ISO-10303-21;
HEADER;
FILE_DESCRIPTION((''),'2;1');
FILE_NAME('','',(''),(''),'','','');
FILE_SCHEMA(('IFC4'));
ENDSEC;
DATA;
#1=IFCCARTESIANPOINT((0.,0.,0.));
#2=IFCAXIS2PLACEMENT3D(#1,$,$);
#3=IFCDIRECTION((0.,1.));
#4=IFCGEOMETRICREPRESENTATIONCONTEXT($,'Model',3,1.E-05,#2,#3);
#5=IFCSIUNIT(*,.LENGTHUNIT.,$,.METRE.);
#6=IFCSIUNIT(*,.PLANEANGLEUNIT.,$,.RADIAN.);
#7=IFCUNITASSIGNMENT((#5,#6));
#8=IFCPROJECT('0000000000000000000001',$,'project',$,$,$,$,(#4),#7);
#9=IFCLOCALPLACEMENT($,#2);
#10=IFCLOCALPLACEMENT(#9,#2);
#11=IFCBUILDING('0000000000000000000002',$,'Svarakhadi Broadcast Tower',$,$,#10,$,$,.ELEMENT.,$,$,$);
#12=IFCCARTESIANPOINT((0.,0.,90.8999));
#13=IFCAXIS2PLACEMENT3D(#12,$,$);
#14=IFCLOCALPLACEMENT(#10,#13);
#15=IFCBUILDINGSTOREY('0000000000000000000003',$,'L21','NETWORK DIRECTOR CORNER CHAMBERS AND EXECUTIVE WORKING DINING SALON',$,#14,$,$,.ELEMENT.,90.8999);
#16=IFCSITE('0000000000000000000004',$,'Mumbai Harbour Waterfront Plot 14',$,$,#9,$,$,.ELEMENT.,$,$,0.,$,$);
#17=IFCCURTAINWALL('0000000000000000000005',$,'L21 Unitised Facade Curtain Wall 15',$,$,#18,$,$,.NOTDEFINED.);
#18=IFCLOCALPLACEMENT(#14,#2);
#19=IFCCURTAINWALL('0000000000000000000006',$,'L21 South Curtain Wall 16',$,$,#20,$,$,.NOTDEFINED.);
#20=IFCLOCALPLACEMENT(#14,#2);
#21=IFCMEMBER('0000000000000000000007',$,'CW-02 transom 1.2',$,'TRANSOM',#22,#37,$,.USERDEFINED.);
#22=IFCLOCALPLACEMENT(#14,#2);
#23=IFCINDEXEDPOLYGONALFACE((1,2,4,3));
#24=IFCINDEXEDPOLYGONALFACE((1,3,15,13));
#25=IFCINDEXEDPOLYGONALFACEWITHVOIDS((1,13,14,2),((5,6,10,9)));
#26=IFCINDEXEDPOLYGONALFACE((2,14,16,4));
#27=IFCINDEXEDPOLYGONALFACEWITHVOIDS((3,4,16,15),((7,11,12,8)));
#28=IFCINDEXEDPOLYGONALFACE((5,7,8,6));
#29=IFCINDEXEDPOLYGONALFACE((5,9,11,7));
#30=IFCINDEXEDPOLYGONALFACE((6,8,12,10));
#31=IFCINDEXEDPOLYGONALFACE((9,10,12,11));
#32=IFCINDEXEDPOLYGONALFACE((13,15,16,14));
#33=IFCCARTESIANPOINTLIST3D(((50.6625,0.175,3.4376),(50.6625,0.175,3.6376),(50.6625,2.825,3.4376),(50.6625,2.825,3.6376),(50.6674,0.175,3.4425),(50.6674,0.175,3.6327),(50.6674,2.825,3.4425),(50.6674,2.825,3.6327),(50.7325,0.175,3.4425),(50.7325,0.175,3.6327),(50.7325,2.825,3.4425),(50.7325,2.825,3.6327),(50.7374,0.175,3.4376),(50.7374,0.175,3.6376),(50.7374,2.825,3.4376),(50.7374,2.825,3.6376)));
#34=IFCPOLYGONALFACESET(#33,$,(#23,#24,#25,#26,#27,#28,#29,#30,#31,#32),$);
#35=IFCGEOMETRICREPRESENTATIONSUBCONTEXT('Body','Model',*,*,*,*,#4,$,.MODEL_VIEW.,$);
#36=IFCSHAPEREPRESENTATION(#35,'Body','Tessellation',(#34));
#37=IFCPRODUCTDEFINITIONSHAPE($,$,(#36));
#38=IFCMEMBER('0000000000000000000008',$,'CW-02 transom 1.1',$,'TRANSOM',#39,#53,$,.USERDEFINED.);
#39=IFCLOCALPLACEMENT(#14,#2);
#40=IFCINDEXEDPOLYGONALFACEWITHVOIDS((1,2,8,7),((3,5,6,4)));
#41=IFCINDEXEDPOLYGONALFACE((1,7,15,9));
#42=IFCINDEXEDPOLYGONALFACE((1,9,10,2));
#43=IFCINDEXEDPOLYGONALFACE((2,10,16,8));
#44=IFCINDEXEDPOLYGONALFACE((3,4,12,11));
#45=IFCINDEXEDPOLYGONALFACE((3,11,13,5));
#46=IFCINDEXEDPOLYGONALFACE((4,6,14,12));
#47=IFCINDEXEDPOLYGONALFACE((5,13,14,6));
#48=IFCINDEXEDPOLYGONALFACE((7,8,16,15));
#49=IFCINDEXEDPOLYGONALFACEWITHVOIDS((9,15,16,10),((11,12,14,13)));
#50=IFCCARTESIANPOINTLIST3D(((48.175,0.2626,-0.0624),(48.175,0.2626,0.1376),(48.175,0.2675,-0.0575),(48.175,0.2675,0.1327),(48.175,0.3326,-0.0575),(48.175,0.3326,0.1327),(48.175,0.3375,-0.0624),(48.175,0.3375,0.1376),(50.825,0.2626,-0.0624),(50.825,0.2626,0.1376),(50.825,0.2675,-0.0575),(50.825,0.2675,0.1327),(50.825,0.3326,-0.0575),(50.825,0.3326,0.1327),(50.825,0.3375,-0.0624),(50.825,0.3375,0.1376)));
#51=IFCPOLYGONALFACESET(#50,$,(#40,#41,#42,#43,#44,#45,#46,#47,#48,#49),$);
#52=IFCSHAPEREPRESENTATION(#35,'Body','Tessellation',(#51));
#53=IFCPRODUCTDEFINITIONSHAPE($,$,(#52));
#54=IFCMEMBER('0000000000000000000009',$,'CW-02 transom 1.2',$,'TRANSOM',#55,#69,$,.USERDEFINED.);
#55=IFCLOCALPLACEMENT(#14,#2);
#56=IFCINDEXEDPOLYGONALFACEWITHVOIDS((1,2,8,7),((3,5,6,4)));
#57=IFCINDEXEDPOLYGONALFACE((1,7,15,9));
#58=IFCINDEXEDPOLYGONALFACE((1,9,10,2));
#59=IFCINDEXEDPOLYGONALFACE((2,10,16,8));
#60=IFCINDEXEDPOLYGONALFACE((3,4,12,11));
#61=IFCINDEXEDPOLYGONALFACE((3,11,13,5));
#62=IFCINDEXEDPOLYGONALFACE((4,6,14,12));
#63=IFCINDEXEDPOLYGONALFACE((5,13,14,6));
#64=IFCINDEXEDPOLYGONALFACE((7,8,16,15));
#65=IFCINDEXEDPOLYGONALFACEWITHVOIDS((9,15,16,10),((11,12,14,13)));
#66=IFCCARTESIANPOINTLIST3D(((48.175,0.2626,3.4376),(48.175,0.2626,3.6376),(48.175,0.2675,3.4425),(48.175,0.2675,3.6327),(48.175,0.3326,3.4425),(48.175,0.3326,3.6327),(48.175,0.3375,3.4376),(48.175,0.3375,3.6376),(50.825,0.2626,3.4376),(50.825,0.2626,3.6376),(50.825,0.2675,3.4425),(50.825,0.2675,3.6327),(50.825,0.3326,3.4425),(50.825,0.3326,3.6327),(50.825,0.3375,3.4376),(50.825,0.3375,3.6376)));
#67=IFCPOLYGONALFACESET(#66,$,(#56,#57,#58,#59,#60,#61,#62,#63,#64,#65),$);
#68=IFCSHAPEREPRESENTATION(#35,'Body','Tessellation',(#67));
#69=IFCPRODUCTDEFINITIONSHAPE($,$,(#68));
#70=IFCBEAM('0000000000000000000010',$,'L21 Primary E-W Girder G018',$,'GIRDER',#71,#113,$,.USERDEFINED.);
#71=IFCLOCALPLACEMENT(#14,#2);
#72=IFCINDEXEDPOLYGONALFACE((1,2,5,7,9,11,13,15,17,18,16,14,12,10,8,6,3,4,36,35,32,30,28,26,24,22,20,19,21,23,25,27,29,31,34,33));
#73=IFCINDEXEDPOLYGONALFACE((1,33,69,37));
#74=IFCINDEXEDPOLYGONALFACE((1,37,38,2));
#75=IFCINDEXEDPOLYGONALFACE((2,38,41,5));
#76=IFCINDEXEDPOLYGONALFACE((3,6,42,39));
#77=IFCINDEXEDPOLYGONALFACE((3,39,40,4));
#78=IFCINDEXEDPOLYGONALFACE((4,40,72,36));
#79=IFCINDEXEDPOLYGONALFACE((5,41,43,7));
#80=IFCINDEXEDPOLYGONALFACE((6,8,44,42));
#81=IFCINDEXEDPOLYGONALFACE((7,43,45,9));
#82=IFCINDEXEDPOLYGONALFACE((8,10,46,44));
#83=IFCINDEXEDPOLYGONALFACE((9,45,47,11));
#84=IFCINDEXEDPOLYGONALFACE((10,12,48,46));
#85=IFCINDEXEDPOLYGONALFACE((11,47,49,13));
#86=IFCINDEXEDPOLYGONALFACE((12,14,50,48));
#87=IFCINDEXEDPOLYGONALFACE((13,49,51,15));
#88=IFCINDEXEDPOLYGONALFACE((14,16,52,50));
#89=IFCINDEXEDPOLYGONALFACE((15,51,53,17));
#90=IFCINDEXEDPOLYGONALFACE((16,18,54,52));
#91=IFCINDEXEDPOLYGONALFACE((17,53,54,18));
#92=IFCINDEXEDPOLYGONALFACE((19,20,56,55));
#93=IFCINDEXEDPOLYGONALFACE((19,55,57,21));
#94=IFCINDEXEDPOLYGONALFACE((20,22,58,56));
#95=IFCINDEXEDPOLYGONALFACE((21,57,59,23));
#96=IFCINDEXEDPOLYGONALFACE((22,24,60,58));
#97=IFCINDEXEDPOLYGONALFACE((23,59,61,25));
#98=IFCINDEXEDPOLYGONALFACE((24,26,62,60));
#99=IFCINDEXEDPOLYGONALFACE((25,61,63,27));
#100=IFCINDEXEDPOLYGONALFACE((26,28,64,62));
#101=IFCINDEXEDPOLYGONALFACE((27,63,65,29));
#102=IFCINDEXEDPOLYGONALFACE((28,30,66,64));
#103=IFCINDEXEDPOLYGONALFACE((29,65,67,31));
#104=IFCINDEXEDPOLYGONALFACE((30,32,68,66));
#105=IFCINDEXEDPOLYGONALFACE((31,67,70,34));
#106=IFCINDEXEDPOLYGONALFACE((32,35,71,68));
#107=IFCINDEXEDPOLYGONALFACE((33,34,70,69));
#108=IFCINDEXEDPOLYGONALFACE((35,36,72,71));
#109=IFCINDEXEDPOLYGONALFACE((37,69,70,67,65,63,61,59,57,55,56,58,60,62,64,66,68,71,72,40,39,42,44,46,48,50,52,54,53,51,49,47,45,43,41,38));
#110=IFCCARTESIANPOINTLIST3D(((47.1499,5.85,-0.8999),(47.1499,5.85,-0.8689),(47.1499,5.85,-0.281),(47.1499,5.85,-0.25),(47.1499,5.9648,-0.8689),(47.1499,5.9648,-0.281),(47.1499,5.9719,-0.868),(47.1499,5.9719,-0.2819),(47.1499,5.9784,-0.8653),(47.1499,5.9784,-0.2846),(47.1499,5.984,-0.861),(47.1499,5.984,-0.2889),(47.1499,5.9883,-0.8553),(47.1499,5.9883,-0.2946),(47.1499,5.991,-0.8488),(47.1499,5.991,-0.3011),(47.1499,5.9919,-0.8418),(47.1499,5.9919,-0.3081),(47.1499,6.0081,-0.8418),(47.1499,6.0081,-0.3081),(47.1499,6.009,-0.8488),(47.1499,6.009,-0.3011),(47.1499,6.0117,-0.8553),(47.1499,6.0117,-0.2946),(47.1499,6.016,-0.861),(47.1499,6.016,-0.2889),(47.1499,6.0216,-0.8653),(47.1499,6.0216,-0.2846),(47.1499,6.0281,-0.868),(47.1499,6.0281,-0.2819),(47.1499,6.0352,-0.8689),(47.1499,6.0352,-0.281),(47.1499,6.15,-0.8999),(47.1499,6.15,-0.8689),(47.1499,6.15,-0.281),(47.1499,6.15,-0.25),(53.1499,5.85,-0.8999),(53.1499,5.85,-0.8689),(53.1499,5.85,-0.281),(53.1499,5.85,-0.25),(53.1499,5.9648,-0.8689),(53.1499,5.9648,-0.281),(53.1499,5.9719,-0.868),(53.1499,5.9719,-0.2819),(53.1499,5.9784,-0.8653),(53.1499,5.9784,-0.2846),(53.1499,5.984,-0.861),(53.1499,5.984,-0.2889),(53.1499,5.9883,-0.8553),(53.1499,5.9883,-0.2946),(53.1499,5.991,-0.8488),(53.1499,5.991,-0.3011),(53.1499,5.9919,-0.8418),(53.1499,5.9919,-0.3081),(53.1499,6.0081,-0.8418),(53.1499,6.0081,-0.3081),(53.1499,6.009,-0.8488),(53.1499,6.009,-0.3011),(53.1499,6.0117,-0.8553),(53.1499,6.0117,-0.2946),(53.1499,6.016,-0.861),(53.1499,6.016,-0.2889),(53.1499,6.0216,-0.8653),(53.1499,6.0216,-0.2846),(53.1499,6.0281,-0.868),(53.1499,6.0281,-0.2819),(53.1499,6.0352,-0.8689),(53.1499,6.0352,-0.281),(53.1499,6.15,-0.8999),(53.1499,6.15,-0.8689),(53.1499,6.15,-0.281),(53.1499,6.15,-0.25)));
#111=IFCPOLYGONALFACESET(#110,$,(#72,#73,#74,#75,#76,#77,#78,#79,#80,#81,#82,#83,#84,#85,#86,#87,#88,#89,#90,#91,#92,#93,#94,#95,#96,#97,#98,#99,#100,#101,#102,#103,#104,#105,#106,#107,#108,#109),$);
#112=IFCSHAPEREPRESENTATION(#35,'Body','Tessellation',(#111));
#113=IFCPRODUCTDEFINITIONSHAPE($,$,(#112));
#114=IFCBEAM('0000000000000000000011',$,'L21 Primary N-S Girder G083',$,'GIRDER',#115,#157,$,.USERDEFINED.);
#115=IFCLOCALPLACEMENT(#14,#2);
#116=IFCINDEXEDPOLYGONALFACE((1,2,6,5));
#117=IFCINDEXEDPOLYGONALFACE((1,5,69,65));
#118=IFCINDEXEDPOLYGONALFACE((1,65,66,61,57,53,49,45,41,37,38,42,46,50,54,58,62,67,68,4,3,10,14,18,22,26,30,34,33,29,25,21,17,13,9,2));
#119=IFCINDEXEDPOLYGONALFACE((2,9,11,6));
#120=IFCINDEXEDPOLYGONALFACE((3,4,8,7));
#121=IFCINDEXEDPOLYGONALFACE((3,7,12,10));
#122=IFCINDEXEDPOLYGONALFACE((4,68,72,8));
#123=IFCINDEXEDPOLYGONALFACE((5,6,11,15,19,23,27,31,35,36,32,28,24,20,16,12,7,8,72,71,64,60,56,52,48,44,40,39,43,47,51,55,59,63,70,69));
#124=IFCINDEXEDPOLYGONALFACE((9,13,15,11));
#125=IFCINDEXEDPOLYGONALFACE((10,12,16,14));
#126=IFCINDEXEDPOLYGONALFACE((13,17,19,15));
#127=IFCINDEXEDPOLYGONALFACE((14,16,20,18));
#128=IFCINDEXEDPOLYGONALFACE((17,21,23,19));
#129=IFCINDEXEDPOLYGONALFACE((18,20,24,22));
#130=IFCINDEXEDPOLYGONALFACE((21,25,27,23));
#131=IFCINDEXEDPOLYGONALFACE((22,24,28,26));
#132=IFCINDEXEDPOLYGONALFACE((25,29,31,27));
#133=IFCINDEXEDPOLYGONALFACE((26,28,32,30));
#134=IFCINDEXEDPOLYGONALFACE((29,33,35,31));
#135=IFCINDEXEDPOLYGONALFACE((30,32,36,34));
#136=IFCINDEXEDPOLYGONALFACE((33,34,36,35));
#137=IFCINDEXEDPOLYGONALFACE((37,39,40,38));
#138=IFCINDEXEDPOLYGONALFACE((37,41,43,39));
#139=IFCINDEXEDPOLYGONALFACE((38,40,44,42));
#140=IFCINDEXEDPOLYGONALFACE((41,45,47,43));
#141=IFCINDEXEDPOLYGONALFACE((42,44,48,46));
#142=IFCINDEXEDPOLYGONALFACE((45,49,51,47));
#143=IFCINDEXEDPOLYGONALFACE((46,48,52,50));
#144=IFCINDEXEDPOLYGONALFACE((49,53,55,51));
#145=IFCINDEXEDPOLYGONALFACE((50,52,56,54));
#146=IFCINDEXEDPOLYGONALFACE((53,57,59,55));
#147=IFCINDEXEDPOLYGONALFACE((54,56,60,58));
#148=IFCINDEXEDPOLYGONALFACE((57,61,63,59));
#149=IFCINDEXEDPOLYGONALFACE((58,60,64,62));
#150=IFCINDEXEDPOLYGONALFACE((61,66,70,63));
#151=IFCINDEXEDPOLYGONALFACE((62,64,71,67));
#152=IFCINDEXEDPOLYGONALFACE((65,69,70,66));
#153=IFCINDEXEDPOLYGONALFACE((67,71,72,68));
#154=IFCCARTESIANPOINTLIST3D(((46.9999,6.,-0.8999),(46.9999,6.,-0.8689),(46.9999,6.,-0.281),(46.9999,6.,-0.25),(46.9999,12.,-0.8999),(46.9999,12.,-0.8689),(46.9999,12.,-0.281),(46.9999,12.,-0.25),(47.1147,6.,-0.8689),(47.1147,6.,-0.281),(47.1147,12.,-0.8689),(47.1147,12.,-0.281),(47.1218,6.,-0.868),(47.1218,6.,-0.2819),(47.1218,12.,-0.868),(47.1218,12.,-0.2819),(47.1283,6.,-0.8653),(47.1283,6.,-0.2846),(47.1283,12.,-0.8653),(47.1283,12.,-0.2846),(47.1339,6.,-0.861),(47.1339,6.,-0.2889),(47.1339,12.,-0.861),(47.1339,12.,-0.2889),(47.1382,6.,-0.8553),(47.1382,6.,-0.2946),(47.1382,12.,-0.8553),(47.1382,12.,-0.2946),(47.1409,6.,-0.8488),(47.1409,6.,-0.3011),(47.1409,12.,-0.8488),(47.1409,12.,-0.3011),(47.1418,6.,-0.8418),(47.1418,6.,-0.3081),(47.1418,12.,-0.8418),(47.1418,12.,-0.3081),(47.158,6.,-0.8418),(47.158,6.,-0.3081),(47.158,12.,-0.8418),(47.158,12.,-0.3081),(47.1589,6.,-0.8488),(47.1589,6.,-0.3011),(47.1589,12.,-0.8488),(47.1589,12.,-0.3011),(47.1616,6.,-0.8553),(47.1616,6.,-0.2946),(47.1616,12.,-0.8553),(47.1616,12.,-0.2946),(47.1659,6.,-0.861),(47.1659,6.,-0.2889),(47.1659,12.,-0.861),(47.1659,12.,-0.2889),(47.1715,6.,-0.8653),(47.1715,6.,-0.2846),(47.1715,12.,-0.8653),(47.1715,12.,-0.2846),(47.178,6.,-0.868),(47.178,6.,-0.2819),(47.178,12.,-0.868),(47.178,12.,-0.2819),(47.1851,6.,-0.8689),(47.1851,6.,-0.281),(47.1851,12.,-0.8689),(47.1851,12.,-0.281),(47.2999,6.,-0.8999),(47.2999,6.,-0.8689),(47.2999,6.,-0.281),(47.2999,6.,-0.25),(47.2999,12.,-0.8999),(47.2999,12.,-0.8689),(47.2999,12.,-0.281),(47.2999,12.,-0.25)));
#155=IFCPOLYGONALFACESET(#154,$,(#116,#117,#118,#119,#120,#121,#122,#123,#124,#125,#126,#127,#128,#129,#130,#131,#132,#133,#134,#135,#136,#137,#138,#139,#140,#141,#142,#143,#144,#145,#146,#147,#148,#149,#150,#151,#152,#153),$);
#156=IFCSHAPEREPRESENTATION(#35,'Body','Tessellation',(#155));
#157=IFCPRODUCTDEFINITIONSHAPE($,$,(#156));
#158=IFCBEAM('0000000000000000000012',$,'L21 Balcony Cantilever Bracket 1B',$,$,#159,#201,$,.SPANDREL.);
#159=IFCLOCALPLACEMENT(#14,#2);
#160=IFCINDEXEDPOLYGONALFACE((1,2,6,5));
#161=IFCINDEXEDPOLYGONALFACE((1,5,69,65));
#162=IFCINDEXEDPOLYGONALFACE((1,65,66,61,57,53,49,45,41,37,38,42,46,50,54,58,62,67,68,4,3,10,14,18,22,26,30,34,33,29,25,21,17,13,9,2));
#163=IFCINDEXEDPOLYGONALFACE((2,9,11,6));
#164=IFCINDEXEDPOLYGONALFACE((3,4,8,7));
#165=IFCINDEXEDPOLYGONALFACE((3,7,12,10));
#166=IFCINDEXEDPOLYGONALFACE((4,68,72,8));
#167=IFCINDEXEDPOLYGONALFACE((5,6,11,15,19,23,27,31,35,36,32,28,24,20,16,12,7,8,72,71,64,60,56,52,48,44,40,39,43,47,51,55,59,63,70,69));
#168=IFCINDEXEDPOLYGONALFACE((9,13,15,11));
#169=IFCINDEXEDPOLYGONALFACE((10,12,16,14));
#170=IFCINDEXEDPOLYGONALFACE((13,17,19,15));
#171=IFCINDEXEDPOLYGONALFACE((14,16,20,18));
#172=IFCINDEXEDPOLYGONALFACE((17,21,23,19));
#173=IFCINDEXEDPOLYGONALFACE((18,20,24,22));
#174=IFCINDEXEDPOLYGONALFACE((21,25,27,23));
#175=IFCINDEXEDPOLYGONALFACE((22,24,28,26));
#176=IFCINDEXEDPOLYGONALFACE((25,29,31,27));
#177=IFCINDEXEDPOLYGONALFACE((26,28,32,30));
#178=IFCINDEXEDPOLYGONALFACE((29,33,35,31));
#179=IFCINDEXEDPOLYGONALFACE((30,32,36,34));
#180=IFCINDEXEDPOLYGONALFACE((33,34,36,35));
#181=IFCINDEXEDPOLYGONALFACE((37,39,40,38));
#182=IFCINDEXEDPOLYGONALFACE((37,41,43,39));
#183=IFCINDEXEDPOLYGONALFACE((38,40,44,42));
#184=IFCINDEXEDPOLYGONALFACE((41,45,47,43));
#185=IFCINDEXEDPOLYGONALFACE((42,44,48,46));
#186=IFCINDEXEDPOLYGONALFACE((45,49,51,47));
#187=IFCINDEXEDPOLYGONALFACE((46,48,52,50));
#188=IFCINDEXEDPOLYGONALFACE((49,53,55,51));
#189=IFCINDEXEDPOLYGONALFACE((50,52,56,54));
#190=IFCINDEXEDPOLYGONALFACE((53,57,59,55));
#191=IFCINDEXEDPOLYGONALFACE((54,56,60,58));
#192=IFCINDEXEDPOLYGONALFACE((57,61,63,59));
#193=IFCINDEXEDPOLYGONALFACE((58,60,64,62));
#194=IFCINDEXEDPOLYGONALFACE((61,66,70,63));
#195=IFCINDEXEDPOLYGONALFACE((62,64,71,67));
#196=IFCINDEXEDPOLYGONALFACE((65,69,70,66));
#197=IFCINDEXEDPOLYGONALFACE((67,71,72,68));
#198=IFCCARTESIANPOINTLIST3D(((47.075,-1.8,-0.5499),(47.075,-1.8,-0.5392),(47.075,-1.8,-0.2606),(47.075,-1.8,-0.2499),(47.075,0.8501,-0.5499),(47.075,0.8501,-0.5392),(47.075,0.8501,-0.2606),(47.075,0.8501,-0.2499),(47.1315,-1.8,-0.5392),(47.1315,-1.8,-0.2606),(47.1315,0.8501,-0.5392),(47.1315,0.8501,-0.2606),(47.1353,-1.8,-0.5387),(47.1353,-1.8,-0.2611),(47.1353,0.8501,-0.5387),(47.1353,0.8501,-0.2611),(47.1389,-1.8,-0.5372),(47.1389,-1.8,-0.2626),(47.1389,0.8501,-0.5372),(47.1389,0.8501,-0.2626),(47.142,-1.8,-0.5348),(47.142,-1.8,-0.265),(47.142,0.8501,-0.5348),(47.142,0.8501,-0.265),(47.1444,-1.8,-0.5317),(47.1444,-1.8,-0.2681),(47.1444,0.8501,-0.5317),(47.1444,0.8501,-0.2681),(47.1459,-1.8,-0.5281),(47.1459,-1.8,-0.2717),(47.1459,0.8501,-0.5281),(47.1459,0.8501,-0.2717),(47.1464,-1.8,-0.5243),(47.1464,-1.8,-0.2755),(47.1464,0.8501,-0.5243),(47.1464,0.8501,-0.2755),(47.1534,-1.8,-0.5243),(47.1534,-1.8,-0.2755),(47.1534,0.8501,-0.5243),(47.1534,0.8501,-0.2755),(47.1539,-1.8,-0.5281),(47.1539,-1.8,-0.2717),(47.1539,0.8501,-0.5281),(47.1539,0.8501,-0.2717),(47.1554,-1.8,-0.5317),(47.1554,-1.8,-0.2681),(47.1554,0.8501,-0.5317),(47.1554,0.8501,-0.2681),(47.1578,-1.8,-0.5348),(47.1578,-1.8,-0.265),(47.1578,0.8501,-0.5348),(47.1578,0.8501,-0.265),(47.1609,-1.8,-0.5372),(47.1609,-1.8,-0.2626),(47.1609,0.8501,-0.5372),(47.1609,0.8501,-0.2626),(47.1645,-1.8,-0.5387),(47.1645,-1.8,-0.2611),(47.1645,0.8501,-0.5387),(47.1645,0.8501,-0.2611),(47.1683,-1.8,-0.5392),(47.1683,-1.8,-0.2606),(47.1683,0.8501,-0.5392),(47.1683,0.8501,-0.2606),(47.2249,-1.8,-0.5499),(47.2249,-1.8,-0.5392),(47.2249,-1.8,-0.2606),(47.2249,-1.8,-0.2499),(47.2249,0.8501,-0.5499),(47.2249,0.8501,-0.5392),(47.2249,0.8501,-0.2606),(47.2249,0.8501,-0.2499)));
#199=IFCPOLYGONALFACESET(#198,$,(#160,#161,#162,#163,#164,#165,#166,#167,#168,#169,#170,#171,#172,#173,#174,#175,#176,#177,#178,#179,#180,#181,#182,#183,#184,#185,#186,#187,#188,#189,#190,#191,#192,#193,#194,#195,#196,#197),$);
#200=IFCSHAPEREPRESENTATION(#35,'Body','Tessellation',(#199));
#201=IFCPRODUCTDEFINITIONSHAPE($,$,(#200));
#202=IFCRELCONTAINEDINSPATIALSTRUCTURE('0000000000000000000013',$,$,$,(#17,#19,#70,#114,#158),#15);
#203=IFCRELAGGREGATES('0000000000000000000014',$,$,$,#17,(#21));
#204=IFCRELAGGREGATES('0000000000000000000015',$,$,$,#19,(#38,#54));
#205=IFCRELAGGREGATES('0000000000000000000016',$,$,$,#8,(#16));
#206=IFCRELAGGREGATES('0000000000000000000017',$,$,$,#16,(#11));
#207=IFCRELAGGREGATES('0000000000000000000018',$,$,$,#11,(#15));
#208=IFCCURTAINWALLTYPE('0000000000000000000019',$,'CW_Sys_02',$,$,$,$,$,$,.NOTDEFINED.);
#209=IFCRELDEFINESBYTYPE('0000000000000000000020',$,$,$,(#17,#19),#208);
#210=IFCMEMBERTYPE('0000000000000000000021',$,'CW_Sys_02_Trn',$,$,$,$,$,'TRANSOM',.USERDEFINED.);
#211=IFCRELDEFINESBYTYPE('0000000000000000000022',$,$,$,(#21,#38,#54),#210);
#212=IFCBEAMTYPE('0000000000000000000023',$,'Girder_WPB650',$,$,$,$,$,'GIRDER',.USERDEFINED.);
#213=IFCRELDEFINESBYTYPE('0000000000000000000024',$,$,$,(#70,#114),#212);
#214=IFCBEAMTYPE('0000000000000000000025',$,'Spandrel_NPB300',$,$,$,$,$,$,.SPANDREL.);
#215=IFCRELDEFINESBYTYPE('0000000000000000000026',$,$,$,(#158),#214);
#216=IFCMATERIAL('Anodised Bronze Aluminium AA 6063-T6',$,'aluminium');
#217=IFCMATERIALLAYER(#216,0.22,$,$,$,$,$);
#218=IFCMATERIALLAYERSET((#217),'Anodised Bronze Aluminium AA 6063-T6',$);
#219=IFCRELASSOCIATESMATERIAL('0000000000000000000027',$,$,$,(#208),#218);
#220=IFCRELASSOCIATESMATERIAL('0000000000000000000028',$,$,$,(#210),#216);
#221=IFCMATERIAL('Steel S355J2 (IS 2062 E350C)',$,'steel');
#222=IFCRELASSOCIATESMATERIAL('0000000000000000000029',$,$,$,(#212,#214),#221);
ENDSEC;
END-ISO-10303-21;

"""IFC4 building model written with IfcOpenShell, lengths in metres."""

from ifc_helpers import new_model, si_unit, direction, frame, origin, origin_2d, place, context, subcontext, project, spatial, hollow_rectangle, i_section, extrude, material, layer, layer_set, material_profile, profile_set, type_object, element, aggregate, save


model = new_model("IFC4")

# Units and contexts
model_context = context("Model", 3, precision=1e-05, world=origin(), true_north=direction((0.0, 1.0)))
body_context = subcontext(model_context, "Body", "Model", "MODEL_VIEW")
ifc_project = project(units=[si_unit("LENGTHUNIT", "METRE"), si_unit("PLANEANGLEUNIT", "RADIAN")], contexts=[model_context])

# Site, building, storey
site_placement = place(None, origin())
site = spatial("IfcSite", under=ifc_project, at=site_placement, Name="Mumbai Harbour Waterfront Plot 14", CompositionType="ELEMENT", RefElevation=0.0)
building_placement = place(site_placement, origin())
building = spatial("IfcBuilding", under=site, at=building_placement, Name="Svarakhadi Broadcast Tower", CompositionType="ELEMENT")
storey_placement = place(building_placement, frame((0.0, 0.0, 90.8999)))
storey = spatial("IfcBuildingStorey", under=building, at=storey_placement, Name="L21", Description="NETWORK DIRECTOR CORNER CHAMBERS AND EXECUTIVE WORKING DINING SALON", CompositionType="ELEMENT", Elevation=90.8999)

# Curtain walls
ifc_material_1 = material(Name="Anodised Bronze Aluminium AA 6063-T6", Category="aluminium")
ifc_layer_1 = layer(ifc_material_1, 0.22)
ifc_layer_set_1 = layer_set([ifc_layer_1], Name="Anodised Bronze Aluminium AA 6063-T6")
curtain_wall_type = type_object("IfcCurtainWallType", Name="CW_Sys_02", PredefinedType="NOTDEFINED", material=ifc_layer_set_1)
curtain_wall_1_placement = place(storey_placement, origin())
curtain_wall_1 = element("IfcCurtainWall", 1, at=curtain_wall_1_placement, inside=storey, type_object=curtain_wall_type, Name="L21 Unitised Facade Curtain Wall 15", PredefinedType="NOTDEFINED")
curtain_wall_2_placement = place(storey_placement, origin())
curtain_wall_2 = element("IfcCurtainWall", 2, at=curtain_wall_2_placement, inside=storey, type_object=curtain_wall_type, Name="L21 South Curtain Wall 16", PredefinedType="NOTDEFINED")

# Members
ifc_material_profile_1 = material_profile(ifc_material_1, hollow_rectangle(XDim=0.075, YDim=0.2, WallThickness=0.0049, at=origin_2d()), Name="ALU TRANSOM 200x75x5")
ifc_profile_set_1 = profile_set([ifc_material_profile_1], Name="Anodised Bronze Aluminium AA 6063-T6")
member_type_1 = type_object("IfcMemberType", Name="CW_Sys_02_Trn", ElementType="TRANSOM", PredefinedType="USERDEFINED", material=ifc_profile_set_1)
member_1_placement = place(storey_placement, frame((50.7, 2.825, 3.5376), z_axis=(0.0, -1.0, 0.0), x_axis=(1.0, 0.0, 0.0)))
member_1 = element("IfcMember", 3, at=member_1_placement, type_object=member_type_1, Name="CW-02 transom 1.2", ObjectType="TRANSOM", PredefinedType="USERDEFINED", context=body_context, shape_type="SweptSolid", body=[
    extrude(hollow_rectangle(XDim=0.075, YDim=0.2, WallThickness=0.0049, at=origin_2d()), origin(), (0.0, 0.0, 1.0), 2.6499),
])
member_2_placement = place(storey_placement, frame((50.825, 0.3, 0.0376), z_axis=(-1.0, 0.0, 0.0), x_axis=(0.0, -1.0, 0.0)))
member_2 = element("IfcMember", 4, at=member_2_placement, type_object=member_type_1, Name="CW-02 transom 1.1", ObjectType="TRANSOM", PredefinedType="USERDEFINED", context=body_context, shape_type="SweptSolid", body=[
    extrude(hollow_rectangle(XDim=0.075, YDim=0.2, WallThickness=0.0049, at=origin_2d()), origin(), (0.0, 0.0, 1.0), 2.6499),
])
member_3_placement = place(storey_placement, frame((50.825, 0.3, 3.5376), z_axis=(-1.0, 0.0, 0.0), x_axis=(0.0, -1.0, 0.0)))
member_3 = element("IfcMember", 5, at=member_3_placement, type_object=member_type_1, Name="CW-02 transom 1.2", ObjectType="TRANSOM", PredefinedType="USERDEFINED", context=body_context, shape_type="SweptSolid", body=[
    extrude(hollow_rectangle(XDim=0.075, YDim=0.2, WallThickness=0.0049, at=origin_2d()), origin(), (0.0, 0.0, 1.0), 2.6499),
])

# Beams
ifc_material_2 = material(Name="Steel S355J2 (IS 2062 E350C)", Category="steel")
ifc_material_profile_2 = material_profile(ifc_material_2, i_section(OverallWidth=0.3, OverallDepth=0.6499, WebThickness=0.0161, FlangeThickness=0.031, FilletRadius=0.0271, at=origin_2d()), Name="WPB 650x300x225")
ifc_profile_set_2 = profile_set([ifc_material_profile_2], Name="Steel S355J2 (IS 2062 E350C)")
beam_type_1 = type_object("IfcBeamType", Name="Girder_WPB650", ElementType="GIRDER", PredefinedType="USERDEFINED", material=ifc_profile_set_2)
for number, where, z_axis, x_axis, name in (
    (6, (47.1499, 6.0, -0.575), (1.0, 0.0, 0.0), (0.0, 1.0, 0.0), "L21 Primary E-W Girder G018"),
    (7, (47.1499, 6.0, -0.575), (0.0, 1.0, 0.0), (-1.0, 0.0, 0.0), "L21 Primary N-S Girder G083"),
):
    element("IfcBeam", number, at=place(storey_placement, frame(where, z_axis=z_axis, x_axis=x_axis)), inside=storey, type_object=beam_type_1, Name=name, ObjectType="GIRDER", PredefinedType="USERDEFINED", context=body_context, shape_type="SweptSolid", body=[
        extrude(i_section(OverallWidth=0.3, OverallDepth=0.6499, WebThickness=0.0161, FlangeThickness=0.031, FilletRadius=0.0271, at=origin_2d()), origin(), (0.0, 0.0, 1.0), 6.0),
    ])
ifc_material_profile_3 = material_profile(ifc_material_2, i_section(OverallWidth=0.1499, OverallDepth=0.3, WebThickness=0.0071, FlangeThickness=0.0107, FilletRadius=0.0149, at=origin_2d()), Name="NPB 300x150x37")
ifc_profile_set_3 = profile_set([ifc_material_profile_3], Name="Steel S355J2 (IS 2062 E350C)")
beam_type_2 = type_object("IfcBeamType", Name="Spandrel_NPB300", PredefinedType="SPANDREL", material=ifc_profile_set_3)
beam_placement = place(storey_placement, frame((47.1499, 0.8501, -0.3999), z_axis=(0.0, -1.0, 0.0), x_axis=(1.0, 0.0, 0.0)))
element("IfcBeam", 8, at=beam_placement, inside=storey, type_object=beam_type_2, Name="L21 Balcony Cantilever Bracket 1B", PredefinedType="SPANDREL", context=body_context, shape_type="SweptSolid", body=[
    extrude(i_section(OverallWidth=0.1499, OverallDepth=0.3, WebThickness=0.0071, FlangeThickness=0.0107, FilletRadius=0.0149, at=origin_2d()), origin(), (0.0, 0.0, 1.0), 2.6501),
])

aggregate(curtain_wall_1, [member_1])
aggregate(curtain_wall_2, [member_2, member_3])

save(model, "model.ifc")
